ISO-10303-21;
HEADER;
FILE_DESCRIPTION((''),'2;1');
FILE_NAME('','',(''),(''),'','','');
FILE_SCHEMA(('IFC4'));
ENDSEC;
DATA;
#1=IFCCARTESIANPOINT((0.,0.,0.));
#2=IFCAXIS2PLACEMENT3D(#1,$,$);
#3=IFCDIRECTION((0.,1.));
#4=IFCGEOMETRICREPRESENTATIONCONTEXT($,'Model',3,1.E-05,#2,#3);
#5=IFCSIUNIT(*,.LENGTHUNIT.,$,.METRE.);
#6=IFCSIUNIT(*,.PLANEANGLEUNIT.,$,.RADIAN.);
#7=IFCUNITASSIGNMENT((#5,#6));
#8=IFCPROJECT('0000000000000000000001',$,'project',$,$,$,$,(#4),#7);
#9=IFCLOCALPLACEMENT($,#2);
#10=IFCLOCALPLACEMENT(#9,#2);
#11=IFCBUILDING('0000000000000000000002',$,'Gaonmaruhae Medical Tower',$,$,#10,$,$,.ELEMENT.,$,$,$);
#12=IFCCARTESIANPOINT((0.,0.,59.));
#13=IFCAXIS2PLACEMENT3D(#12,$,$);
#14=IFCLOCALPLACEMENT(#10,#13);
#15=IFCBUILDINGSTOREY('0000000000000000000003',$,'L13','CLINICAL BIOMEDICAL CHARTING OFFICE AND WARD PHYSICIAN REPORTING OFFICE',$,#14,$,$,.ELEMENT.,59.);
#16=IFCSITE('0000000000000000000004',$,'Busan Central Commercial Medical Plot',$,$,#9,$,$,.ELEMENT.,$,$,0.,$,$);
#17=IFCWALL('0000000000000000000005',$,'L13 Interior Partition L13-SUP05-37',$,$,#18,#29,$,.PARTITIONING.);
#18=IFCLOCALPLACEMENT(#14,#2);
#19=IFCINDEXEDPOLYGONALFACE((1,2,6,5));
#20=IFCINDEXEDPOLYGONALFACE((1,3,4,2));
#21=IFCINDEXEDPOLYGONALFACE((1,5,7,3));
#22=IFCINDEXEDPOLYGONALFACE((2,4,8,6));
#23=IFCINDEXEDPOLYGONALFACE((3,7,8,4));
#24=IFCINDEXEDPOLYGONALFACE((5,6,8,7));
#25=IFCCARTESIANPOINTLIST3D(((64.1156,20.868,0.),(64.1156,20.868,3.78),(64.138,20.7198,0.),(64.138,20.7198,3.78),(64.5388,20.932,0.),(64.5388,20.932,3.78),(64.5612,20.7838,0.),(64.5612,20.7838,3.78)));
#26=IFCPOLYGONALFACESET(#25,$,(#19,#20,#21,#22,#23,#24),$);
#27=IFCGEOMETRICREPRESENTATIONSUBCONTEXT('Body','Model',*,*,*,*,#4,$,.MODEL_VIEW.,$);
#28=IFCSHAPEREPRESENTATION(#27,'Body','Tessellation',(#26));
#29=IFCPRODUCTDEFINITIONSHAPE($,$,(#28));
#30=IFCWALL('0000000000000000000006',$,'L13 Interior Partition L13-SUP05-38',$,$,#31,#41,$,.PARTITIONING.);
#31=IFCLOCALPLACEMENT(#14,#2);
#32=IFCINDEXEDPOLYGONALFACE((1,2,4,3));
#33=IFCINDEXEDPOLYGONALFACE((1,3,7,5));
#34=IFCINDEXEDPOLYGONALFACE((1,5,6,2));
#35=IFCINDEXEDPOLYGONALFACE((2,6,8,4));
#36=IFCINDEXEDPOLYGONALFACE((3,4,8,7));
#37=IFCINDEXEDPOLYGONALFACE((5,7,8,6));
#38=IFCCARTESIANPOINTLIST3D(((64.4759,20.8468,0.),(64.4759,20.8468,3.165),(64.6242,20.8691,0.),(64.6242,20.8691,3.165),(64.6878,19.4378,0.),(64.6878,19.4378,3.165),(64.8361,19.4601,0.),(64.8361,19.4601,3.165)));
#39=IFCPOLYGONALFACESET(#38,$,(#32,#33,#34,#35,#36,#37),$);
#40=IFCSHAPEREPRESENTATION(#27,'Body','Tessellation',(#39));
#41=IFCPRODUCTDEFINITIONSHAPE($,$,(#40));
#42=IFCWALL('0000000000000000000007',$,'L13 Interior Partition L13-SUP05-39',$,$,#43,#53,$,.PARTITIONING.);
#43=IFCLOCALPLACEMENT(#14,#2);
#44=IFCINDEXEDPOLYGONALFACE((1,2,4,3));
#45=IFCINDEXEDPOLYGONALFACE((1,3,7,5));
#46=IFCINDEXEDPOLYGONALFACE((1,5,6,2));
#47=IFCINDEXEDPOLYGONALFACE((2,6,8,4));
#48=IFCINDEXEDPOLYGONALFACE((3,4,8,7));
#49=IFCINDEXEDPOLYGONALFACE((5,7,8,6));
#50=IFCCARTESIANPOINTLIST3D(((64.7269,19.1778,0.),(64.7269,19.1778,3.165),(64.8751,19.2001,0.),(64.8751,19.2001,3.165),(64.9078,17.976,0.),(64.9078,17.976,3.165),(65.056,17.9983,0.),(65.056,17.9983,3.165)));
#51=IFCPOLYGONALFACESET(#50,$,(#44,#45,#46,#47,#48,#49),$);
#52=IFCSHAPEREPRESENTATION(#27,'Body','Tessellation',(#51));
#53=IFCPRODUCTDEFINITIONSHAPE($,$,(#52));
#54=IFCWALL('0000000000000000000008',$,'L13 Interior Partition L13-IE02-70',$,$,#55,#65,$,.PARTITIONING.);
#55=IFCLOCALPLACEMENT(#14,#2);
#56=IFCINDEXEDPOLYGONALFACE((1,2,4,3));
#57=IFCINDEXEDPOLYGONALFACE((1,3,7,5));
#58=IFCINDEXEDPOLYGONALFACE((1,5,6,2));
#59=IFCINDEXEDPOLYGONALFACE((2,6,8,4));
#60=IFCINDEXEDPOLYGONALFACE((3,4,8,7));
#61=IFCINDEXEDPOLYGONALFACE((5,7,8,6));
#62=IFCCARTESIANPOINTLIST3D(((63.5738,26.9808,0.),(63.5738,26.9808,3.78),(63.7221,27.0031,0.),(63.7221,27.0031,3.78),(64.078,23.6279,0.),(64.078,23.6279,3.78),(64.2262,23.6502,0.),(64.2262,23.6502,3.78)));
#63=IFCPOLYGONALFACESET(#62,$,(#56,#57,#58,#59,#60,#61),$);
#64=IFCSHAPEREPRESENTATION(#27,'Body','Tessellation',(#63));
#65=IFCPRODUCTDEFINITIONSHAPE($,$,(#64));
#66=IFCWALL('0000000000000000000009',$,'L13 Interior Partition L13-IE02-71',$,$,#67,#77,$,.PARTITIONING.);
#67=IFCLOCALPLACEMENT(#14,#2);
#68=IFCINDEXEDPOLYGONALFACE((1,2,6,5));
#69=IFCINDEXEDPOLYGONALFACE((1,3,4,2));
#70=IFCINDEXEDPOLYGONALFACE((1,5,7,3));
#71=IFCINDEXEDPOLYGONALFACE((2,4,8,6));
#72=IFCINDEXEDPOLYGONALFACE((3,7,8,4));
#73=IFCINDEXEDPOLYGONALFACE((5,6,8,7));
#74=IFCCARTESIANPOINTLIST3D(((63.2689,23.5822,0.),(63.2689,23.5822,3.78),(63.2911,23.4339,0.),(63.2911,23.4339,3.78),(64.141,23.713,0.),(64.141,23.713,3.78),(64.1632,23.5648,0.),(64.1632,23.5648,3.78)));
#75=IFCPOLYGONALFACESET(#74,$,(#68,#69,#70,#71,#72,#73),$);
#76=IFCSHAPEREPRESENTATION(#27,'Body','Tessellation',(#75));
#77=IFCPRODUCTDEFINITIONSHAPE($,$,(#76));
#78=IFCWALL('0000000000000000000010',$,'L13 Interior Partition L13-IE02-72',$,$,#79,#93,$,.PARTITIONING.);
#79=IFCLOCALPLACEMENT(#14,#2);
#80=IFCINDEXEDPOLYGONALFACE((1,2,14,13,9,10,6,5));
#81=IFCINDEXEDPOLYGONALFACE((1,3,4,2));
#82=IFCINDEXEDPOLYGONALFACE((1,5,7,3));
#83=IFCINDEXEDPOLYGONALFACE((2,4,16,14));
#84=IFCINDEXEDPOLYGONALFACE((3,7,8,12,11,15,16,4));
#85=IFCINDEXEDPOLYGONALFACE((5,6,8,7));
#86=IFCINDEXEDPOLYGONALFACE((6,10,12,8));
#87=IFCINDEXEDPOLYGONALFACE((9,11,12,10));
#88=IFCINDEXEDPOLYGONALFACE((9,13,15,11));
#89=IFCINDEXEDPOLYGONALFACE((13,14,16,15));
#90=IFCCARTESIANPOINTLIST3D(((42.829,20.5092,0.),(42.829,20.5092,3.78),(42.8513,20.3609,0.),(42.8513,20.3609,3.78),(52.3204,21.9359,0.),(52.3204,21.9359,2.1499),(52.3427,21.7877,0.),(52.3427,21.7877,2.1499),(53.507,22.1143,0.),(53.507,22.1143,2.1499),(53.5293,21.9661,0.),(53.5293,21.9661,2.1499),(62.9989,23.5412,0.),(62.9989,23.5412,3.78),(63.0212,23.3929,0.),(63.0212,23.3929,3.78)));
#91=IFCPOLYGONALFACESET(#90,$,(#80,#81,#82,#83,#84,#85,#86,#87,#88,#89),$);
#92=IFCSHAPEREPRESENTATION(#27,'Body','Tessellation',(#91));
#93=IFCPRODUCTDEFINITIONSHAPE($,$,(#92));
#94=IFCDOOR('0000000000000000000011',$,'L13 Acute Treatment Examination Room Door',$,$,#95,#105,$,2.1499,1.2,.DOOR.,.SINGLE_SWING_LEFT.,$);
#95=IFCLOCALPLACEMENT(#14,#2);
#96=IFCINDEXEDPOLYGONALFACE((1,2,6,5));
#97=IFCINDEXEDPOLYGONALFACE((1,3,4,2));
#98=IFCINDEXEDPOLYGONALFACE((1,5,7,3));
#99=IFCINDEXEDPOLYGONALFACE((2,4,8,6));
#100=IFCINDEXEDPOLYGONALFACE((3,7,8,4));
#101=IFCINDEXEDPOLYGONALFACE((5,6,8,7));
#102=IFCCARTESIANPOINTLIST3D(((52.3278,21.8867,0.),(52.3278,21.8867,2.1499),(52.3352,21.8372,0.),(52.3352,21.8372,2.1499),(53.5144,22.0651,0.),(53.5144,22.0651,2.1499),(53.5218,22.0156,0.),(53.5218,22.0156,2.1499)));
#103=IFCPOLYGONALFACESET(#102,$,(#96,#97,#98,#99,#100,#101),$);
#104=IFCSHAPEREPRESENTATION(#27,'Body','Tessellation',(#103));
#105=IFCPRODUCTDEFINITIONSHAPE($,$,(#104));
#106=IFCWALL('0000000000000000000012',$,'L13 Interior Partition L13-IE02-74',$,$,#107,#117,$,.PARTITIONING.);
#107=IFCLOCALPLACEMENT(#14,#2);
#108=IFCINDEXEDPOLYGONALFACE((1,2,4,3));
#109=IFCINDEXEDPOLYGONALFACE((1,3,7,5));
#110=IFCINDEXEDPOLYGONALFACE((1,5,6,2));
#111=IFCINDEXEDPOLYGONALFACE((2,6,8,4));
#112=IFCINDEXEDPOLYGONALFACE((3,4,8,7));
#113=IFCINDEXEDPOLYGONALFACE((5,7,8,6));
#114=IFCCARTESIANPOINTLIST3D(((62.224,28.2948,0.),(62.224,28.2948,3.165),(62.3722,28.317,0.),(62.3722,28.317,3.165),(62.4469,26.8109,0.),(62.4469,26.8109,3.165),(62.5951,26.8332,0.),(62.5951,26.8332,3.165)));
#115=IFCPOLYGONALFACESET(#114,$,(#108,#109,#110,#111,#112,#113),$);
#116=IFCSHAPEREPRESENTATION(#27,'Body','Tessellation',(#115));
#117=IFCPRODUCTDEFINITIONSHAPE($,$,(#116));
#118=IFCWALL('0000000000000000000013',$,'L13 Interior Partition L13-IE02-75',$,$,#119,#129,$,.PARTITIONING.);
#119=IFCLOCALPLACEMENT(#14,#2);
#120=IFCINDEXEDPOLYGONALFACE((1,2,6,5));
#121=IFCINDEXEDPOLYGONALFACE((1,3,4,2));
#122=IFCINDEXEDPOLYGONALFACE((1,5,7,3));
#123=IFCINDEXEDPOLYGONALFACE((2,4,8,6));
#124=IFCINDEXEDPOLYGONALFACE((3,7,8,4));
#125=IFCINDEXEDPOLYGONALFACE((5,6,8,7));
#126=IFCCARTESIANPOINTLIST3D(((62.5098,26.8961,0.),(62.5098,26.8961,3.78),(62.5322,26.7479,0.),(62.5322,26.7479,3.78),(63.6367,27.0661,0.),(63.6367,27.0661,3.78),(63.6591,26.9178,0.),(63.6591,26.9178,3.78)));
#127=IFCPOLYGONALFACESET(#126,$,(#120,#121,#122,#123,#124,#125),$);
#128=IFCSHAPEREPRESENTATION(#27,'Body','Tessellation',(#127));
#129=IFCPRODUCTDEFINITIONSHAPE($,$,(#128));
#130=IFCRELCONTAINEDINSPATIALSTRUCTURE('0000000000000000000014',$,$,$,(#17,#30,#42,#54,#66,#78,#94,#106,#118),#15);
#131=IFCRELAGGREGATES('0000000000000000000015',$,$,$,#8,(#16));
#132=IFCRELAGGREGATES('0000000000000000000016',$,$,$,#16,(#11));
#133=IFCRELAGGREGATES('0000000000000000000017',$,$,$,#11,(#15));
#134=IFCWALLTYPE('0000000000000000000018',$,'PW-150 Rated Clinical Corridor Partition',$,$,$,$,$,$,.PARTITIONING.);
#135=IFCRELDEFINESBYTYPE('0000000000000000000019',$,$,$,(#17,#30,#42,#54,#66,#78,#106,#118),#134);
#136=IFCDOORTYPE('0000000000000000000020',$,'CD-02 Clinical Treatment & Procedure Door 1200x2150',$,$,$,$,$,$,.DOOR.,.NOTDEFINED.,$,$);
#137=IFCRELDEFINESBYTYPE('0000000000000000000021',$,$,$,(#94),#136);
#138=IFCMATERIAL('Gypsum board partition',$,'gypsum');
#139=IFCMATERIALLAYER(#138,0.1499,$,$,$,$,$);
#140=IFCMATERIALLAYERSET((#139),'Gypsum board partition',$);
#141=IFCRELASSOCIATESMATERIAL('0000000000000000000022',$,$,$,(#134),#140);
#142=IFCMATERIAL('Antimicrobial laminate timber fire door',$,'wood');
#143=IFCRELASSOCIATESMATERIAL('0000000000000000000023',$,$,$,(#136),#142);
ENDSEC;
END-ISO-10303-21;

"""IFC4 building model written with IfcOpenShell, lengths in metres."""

from ifc_helpers import new_model, si_unit, direction, frame, frame_2d, origin, place, context, subcontext, project, spatial, rectangle, extrude, material, layer, layer_set, type_object, element, fill, save


model = new_model("IFC4")

# Units and contexts
model_context = context("Model", 3, precision=1e-05, world=origin(), true_north=direction((0.0, 1.0)))
body_context = subcontext(model_context, "Body", "Model", "MODEL_VIEW")
ifc_project = project(units=[si_unit("LENGTHUNIT", "METRE"), si_unit("PLANEANGLEUNIT", "RADIAN")], contexts=[model_context])

# Site, building, storey
site_placement = place(None, origin())
site = spatial("IfcSite", under=ifc_project, at=site_placement, Name="Busan Central Commercial Medical Plot", CompositionType="ELEMENT", RefElevation=0.0)
building_placement = place(site_placement, origin())
building = spatial("IfcBuilding", under=site, at=building_placement, Name="Gaonmaruhae Medical Tower", CompositionType="ELEMENT")
storey_placement = place(building_placement, frame((0.0, 0.0, 59.0)))
storey = spatial("IfcBuildingStorey", under=building, at=storey_placement, Name="L13", Description="CLINICAL BIOMEDICAL CHARTING OFFICE AND WARD PHYSICIAN REPORTING OFFICE", CompositionType="ELEMENT", Elevation=59.0)

# Walls
ifc_material_1 = material(Name="Gypsum board partition", Category="gypsum")
ifc_layer_1 = layer(ifc_material_1, 0.1499)
ifc_layer_set_1 = layer_set([ifc_layer_1], Name="Gypsum board partition")
wall_type_1 = type_object("IfcWallType", Name="PW-150 Rated Clinical Corridor Partition", PredefinedType="PARTITIONING", material=ifc_layer_set_1)
wall_1_placement = place(storey_placement, frame((64.127, 20.7939, 0.0), z_axis=(0.0, 0.0, 1.0), x_axis=(0.988764, 0.149484, 0.0)))
element("IfcWall", 1, at=wall_1_placement, inside=storey, type_object=wall_type_1, Name="L13 Interior Partition L13-SUP05-37", PredefinedType="PARTITIONING", context=body_context, shape_type="SweptSolid", body=[
    extrude(rectangle(XDim=0.428, YDim=0.1499, at=frame_2d((0.2139, 0.0))), origin(), (0.0, 0.0, 1.0), 3.78),
])
wall_2_placement = place(storey_placement, frame((64.55, 20.8579, 0.0), z_axis=(0.0, 0.0, 1.0), x_axis=(0.148734, -0.988877, 0.0)))
element("IfcWall", 2, at=wall_2_placement, inside=storey, type_object=wall_type_1, Name="L13 Interior Partition L13-SUP05-38", PredefinedType="PARTITIONING", context=body_context, shape_type="SweptSolid", body=[
    extrude(rectangle(XDim=1.4248, YDim=0.1499, at=frame_2d((0.7124, 0.0))), origin(), (0.0, 0.0, 1.0), 3.165),
])
wall_3_placement = place(storey_placement, frame((64.801, 19.189, 0.0), z_axis=(0.0, 0.0, 1.0), x_axis=(0.148841, -0.988861, 0.0)))
element("IfcWall", 3, at=wall_3_placement, inside=storey, type_object=wall_type_1, Name="L13 Interior Partition L13-SUP05-39", PredefinedType="PARTITIONING", context=body_context, shape_type="SweptSolid", body=[
    extrude(rectangle(XDim=1.2153, YDim=0.1499, at=frame_2d((0.6077, 0.0))), origin(), (0.0, 0.0, 1.0), 3.165),
])
wall_4_placement = place(storey_placement, frame((63.6479, 26.9919, 0.0), z_axis=(0.0, 0.0, 1.0), x_axis=(0.148685, -0.988885, 0.0)))
element("IfcWall", 4, at=wall_4_placement, inside=storey, type_object=wall_type_1, Name="L13 Interior Partition L13-IE02-70", PredefinedType="PARTITIONING", context=body_context, shape_type="SweptSolid", body=[
    extrude(rectangle(XDim=3.3906, YDim=0.1499, at=frame_2d((1.6953, 0.0))), origin(), (0.0, 0.0, 1.0), 3.78),
])
wall_5_placement = place(storey_placement, frame((64.1521, 23.6389, 0.0), z_axis=(0.0, 0.0, 1.0), x_axis=(-0.988928, -0.148395, 0.0)))
element("IfcWall", 5, at=wall_5_placement, inside=storey, type_object=wall_type_1, Name="L13 Interior Partition L13-IE02-71", PredefinedType="PARTITIONING", context=body_context, shape_type="SweptSolid", body=[
    extrude(rectangle(XDim=0.8818, YDim=0.1499, at=frame_2d((0.4409, 0.0))), origin(), (0.0, 0.0, 1.0), 3.78),
])

# Wall, opening, door
wall_6_placement = place(storey_placement, frame((63.01, 23.467, 0.0), z_axis=(0.0, 0.0, 1.0), x_axis=(-0.98889, -0.148652, 0.0)))
wall_6 = element("IfcWall", 6, at=wall_6_placement, inside=storey, type_object=wall_type_1, Name="L13 Interior Partition L13-IE02-72", PredefinedType="PARTITIONING", context=body_context, shape_type="SweptSolid", body=[
    extrude(rectangle(XDim=20.3965, YDim=0.1499, at=frame_2d((10.1982, 0.0))), origin(), (0.0, 0.0, 1.0), 3.78),
])
opening_placement = place(wall_6_placement, frame((9.5984, 0.0, 0.0)))
opening = element("IfcOpeningElement", 7, at=opening_placement, cuts=wall_6, PredefinedType="OPENING", context=body_context, shape_type="SweptSolid", body=[
    extrude(rectangle(XDim=1.2, YDim=2.1499, at=frame_2d((0.6001, 1.075))), frame((0.0, 0.085, 0.0), z_axis=(0.0, -1.0, 0.0), x_axis=(1.0, 0.0, 0.0)), (0.0, 0.0, 1.0), 0.1699),
])
ifc_material_2 = material(Name="Antimicrobial laminate timber fire door", Category="wood")
door_type = type_object("IfcDoorType", Name="CD-02 Clinical Treatment & Procedure Door 1200x2150", OperationType="NOTDEFINED", PredefinedType="DOOR", material=ifc_material_2)
door_placement = place(opening_placement, origin())
door = element("IfcDoor", 8, at=door_placement, inside=storey, type_object=door_type, Name="L13 Acute Treatment Examination Room Door", OperationType="SINGLE_SWING_LEFT", OverallHeight=2.1499, OverallWidth=1.2, PredefinedType="DOOR", context=body_context, shape_type="SweptSolid", body=[
    extrude(rectangle(XDim=1.2, YDim=2.1499, at=frame_2d((0.6001, 1.075))), frame((0.0, 0.0249, 0.0), z_axis=(0.0, -1.0, 0.0), x_axis=(1.0, 0.0, 0.0)), (0.0, 0.0, 1.0), 0.05),
])
fill(opening, door)

# Walls
wall_7_placement = place(storey_placement, frame((62.2981, 28.3059, 0.0), z_axis=(0.0, 0.0, 1.0), x_axis=(0.148547, -0.988905, 0.0)))
element("IfcWall", 9, at=wall_7_placement, inside=storey, type_object=wall_type_1, Name="L13 Interior Partition L13-IE02-74", PredefinedType="PARTITIONING", context=body_context, shape_type="SweptSolid", body=[
    extrude(rectangle(XDim=1.5005, YDim=0.1499, at=frame_2d((0.7502, 0.0))), origin(), (0.0, 0.0, 1.0), 3.165),
])
wall_8_placement = place(storey_placement, frame((62.521, 26.822, 0.0), z_axis=(0.0, 0.0, 1.0), x_axis=(0.988823, 0.149095, 0.0)))
element("IfcWall", 10, at=wall_8_placement, inside=storey, type_object=wall_type_1, Name="L13 Interior Partition L13-IE02-75", PredefinedType="PARTITIONING", context=body_context, shape_type="SweptSolid", body=[
    extrude(rectangle(XDim=1.1396, YDim=0.1499, at=frame_2d((0.5698, 0.0))), origin(), (0.0, 0.0, 1.0), 3.78),
])

save(model, "model.ifc")
